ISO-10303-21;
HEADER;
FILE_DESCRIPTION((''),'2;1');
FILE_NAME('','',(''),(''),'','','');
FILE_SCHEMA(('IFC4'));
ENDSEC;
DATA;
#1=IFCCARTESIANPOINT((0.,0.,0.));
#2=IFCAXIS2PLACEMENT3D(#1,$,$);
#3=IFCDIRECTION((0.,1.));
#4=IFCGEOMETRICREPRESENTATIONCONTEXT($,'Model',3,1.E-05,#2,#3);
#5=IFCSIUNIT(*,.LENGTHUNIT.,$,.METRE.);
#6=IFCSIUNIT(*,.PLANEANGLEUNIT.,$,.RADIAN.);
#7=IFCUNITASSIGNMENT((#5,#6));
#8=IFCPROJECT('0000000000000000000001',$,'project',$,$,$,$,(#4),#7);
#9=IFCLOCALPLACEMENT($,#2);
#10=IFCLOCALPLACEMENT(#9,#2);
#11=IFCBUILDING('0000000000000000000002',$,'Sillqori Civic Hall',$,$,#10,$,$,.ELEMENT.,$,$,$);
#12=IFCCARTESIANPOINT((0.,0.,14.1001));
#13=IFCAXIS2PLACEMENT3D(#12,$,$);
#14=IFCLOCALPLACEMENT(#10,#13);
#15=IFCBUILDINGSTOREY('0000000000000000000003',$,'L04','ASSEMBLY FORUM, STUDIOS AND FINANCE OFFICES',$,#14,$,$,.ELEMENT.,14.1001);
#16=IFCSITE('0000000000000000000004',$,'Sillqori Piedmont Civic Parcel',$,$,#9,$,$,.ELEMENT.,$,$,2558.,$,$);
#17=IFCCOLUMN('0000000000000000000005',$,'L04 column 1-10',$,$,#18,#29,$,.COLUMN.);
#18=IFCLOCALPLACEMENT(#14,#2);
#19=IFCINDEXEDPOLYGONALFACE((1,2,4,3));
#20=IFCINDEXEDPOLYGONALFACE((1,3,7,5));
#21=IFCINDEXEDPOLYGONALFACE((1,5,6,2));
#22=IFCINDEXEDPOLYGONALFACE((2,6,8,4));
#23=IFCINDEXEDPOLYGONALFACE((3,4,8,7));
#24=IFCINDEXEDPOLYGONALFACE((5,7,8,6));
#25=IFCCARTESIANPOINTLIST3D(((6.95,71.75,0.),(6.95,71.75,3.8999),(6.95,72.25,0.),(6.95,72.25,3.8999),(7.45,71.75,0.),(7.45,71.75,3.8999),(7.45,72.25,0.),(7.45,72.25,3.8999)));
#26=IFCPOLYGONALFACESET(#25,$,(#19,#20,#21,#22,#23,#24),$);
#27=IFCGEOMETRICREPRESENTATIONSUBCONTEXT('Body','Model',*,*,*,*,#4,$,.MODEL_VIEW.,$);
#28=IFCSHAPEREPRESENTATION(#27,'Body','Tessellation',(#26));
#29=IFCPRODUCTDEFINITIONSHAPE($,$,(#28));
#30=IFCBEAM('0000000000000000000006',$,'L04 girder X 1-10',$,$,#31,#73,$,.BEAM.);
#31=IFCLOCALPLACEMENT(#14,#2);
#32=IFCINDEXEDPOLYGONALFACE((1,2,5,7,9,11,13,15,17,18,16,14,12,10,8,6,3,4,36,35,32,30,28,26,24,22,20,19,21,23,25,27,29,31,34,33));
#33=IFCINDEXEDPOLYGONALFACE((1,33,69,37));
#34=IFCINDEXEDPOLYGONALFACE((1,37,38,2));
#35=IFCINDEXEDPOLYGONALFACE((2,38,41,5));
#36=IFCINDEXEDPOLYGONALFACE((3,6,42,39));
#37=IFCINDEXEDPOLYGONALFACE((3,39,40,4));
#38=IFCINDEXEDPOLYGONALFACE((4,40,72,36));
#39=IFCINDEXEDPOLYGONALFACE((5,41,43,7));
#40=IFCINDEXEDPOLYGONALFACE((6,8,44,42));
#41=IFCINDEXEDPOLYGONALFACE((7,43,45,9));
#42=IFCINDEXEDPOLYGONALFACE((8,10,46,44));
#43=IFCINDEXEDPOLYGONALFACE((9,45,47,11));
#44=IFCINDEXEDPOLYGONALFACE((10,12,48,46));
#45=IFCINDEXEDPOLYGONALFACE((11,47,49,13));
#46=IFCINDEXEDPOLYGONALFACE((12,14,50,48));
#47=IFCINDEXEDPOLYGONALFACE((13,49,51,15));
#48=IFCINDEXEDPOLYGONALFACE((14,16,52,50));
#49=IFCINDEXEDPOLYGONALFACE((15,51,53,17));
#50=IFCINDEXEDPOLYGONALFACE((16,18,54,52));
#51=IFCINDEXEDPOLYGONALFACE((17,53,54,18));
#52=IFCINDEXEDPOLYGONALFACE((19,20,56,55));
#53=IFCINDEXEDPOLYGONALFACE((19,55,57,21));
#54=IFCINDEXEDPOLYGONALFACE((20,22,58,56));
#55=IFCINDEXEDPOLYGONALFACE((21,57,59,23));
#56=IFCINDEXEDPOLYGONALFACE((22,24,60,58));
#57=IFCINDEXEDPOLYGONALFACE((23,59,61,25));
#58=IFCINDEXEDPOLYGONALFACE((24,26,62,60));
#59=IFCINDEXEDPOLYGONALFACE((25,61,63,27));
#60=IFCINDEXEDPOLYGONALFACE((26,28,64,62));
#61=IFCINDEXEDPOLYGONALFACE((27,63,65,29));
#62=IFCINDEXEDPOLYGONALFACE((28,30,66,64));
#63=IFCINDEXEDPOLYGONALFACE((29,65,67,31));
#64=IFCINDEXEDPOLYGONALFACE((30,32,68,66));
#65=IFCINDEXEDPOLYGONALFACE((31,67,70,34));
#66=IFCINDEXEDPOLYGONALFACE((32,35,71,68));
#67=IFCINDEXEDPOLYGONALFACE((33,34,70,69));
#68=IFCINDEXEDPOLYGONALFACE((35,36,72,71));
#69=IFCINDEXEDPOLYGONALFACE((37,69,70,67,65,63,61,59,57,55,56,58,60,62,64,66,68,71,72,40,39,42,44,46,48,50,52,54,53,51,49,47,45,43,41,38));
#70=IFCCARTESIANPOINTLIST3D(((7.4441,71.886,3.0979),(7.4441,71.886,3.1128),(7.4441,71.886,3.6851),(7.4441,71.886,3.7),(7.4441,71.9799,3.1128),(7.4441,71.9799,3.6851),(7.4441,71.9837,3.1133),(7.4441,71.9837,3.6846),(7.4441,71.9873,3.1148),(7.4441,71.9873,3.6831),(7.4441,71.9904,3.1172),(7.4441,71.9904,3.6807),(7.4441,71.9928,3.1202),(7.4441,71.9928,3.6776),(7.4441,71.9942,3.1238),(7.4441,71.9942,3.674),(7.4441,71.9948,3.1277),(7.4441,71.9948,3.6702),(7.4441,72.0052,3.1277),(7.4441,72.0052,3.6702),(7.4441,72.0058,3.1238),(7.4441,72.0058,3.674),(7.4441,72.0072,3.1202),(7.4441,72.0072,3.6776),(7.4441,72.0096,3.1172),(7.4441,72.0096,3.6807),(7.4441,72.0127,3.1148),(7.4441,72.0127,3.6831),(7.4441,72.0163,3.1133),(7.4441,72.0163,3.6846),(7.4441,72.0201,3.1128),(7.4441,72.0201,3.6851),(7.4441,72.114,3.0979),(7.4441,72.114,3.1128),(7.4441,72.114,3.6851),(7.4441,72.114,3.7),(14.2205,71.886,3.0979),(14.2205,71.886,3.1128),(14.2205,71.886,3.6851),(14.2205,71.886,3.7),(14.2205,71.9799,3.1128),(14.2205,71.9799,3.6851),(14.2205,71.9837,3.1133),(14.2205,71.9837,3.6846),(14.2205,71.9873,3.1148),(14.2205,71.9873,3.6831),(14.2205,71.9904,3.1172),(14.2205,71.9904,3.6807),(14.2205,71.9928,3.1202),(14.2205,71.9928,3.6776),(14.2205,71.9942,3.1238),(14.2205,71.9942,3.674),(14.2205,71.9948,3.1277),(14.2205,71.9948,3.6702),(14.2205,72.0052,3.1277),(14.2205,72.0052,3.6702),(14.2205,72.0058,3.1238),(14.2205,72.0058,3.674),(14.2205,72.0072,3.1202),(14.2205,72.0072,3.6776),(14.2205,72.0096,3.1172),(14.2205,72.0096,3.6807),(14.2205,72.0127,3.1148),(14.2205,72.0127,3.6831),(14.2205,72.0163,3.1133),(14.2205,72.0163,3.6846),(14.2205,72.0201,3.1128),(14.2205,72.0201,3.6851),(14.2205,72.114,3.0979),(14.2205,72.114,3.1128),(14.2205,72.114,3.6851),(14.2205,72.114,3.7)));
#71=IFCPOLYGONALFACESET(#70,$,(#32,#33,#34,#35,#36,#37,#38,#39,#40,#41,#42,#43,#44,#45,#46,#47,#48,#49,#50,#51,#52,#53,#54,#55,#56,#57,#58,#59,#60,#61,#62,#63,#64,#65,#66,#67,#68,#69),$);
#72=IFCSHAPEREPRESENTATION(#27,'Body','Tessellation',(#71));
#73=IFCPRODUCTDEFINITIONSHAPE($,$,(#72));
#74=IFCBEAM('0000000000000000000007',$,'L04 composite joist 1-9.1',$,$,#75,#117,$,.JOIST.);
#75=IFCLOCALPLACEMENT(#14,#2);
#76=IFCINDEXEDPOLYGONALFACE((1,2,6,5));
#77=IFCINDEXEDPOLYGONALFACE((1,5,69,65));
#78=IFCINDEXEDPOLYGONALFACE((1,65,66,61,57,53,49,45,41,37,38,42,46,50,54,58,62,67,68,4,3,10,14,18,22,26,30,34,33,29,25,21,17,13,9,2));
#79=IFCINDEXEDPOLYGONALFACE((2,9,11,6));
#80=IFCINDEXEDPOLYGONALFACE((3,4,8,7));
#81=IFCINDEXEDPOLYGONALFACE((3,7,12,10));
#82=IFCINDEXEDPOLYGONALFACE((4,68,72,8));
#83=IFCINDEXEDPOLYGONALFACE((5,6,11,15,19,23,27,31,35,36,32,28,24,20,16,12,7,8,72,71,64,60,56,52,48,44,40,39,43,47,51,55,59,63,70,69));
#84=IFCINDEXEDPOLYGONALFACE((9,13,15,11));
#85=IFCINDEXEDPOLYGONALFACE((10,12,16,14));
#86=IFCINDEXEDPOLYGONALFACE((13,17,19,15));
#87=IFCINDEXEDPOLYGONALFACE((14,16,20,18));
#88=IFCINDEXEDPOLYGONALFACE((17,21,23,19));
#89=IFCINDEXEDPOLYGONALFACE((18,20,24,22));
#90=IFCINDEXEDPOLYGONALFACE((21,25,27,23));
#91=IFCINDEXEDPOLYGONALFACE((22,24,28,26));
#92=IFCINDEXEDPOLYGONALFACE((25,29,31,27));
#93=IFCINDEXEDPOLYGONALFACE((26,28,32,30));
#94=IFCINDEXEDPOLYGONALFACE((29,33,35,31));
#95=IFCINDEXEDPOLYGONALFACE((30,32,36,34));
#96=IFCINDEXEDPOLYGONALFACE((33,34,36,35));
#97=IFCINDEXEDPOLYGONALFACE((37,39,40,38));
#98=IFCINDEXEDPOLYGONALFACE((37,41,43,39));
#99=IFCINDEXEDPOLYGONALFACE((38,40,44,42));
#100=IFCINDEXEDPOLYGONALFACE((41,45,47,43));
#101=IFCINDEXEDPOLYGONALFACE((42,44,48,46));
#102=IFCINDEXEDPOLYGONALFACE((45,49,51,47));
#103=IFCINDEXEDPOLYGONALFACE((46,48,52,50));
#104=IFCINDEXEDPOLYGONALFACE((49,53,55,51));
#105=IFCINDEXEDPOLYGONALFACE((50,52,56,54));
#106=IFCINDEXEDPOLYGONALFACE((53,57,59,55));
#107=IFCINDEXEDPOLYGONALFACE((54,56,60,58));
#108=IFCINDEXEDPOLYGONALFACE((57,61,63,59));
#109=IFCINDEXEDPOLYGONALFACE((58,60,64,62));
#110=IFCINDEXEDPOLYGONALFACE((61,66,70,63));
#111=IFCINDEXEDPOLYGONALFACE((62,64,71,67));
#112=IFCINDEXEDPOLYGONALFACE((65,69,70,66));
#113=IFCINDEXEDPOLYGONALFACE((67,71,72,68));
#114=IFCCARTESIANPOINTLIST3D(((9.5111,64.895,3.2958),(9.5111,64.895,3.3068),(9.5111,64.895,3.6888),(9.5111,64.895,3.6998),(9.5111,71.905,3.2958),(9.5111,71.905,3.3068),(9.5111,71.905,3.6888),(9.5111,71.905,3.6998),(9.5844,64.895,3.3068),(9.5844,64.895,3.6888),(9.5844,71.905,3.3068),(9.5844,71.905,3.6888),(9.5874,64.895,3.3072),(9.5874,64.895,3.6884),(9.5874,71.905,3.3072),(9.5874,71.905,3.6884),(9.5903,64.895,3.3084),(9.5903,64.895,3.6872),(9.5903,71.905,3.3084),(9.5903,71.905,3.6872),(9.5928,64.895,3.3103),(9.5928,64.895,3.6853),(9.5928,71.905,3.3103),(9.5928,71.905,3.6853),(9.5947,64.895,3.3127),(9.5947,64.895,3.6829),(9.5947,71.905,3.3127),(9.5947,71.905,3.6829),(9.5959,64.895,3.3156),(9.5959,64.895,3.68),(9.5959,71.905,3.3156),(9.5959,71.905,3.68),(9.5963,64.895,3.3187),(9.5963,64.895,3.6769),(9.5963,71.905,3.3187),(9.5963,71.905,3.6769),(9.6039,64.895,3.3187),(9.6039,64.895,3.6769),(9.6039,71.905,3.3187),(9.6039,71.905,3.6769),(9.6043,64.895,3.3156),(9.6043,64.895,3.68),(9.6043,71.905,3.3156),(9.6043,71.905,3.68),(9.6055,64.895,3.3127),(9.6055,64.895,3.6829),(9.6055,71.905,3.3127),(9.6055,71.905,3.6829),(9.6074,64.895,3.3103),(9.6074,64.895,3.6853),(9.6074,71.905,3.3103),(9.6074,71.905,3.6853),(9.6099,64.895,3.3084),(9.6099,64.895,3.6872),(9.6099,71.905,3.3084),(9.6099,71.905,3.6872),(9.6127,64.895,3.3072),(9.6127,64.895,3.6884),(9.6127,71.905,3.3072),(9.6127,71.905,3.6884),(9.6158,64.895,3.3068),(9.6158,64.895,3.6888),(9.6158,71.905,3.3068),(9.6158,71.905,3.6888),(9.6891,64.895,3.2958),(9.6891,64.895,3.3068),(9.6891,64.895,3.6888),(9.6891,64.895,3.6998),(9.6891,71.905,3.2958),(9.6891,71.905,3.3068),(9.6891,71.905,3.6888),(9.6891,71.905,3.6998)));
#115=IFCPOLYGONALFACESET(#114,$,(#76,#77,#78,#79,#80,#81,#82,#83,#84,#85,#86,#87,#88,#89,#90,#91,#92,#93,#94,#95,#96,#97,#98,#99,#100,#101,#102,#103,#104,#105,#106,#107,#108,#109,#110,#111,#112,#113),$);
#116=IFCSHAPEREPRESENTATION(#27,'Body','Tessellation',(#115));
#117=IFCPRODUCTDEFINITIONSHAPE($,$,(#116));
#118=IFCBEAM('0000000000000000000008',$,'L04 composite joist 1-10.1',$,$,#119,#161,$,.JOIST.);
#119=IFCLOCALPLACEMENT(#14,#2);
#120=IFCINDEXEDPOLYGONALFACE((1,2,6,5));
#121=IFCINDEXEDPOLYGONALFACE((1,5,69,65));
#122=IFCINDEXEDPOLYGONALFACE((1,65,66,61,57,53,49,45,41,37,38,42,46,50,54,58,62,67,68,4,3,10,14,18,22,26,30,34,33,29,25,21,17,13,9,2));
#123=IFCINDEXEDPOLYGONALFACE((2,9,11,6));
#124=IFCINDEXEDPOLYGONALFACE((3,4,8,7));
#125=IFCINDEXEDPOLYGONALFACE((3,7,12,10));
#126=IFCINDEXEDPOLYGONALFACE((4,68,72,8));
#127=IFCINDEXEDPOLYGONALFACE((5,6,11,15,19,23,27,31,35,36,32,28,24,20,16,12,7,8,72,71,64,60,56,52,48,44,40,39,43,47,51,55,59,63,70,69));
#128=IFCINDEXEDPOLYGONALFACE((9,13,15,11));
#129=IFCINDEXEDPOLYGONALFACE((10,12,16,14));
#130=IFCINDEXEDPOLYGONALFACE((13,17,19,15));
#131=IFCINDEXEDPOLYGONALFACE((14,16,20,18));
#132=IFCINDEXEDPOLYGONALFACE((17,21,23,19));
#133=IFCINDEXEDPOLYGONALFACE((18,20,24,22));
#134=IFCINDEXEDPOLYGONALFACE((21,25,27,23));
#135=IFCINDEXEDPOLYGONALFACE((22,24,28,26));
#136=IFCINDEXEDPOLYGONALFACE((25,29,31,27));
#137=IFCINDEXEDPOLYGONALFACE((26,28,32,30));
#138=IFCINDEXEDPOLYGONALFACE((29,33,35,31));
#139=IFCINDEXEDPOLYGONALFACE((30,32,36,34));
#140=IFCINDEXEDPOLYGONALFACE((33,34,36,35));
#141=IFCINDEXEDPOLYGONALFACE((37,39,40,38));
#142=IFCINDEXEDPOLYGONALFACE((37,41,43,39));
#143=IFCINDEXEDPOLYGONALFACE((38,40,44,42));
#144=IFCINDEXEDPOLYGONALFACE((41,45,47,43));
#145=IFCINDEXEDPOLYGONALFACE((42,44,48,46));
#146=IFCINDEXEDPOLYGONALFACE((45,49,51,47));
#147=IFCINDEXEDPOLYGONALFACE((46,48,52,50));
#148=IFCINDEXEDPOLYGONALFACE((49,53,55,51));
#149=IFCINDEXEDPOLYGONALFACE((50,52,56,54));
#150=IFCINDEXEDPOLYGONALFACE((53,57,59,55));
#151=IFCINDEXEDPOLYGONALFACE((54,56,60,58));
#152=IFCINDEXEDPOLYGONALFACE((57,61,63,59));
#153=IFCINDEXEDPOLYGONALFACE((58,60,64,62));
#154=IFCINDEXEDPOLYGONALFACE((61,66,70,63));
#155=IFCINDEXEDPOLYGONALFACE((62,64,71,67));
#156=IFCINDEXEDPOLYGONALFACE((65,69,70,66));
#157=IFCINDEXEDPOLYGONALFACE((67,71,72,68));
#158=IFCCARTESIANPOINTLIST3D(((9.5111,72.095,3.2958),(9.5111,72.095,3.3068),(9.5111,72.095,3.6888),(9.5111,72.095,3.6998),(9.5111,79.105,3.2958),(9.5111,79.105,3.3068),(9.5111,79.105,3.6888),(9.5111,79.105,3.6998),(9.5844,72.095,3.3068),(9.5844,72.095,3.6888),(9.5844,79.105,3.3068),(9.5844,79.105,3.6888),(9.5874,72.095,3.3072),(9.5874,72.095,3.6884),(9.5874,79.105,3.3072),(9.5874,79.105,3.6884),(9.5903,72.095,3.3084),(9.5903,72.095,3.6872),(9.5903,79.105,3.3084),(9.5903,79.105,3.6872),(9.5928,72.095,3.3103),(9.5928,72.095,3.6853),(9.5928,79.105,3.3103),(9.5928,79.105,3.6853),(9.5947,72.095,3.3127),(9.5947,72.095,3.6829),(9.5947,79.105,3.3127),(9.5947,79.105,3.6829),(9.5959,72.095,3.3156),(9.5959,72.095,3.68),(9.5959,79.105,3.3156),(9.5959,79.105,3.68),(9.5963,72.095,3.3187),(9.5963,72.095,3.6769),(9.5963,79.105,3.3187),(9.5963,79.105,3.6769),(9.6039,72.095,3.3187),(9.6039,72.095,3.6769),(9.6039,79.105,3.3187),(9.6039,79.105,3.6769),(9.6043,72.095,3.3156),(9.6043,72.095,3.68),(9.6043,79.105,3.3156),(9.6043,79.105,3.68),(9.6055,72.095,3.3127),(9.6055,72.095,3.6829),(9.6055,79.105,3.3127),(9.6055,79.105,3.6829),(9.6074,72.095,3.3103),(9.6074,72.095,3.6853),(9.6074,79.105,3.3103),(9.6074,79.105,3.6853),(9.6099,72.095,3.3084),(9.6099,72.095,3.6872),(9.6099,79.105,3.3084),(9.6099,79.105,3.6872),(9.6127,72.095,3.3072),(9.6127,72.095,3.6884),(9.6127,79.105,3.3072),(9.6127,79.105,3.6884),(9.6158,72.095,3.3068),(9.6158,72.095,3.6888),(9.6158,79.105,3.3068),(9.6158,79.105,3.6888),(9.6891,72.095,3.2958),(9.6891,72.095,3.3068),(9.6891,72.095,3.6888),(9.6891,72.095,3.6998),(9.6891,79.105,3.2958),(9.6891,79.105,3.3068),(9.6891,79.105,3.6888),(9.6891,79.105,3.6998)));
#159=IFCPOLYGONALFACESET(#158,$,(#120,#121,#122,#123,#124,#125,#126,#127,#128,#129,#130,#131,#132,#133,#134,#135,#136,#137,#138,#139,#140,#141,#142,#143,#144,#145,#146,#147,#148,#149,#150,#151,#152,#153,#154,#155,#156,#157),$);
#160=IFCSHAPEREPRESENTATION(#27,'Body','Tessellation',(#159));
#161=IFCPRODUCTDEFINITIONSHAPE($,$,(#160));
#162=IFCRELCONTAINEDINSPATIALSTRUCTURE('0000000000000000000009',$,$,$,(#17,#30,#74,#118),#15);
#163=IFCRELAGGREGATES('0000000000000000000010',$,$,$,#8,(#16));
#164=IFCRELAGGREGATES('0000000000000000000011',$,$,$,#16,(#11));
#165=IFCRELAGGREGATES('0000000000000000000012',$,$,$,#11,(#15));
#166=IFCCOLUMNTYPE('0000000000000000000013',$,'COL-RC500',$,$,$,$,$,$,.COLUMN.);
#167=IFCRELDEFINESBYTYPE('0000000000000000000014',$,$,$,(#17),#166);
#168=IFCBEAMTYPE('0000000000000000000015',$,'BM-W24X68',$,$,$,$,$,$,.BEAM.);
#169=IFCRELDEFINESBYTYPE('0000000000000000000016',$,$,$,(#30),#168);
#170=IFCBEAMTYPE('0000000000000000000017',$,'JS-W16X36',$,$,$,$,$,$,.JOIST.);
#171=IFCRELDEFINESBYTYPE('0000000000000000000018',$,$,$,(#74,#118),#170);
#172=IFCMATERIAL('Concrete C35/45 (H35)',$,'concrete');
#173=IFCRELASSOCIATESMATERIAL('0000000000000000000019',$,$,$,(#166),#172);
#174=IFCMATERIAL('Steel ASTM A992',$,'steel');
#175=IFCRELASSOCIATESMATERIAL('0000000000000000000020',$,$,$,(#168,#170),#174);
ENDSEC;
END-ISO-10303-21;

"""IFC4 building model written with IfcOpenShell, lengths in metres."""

from ifc_helpers import new_model, si_unit, direction, frame, origin, origin_2d, place, context, subcontext, project, spatial, rectangle, i_section, extrude, material, material_profile, profile_set, type_object, element, save


model = new_model("IFC4")

# Units and contexts
model_context = context("Model", 3, precision=1e-05, world=origin(), true_north=direction((0.0, 1.0)))
body_context = subcontext(model_context, "Body", "Model", "MODEL_VIEW")
ifc_project = project(units=[si_unit("LENGTHUNIT", "METRE"), si_unit("PLANEANGLEUNIT", "RADIAN")], contexts=[model_context])

# Site, building, storey
site_placement = place(None, origin())
site = spatial("IfcSite", under=ifc_project, at=site_placement, Name="Sillqori Piedmont Civic Parcel", CompositionType="ELEMENT", RefElevation=2558.0)
building_placement = place(site_placement, origin())
building = spatial("IfcBuilding", under=site, at=building_placement, Name="Sillqori Civic Hall", CompositionType="ELEMENT")
storey_placement = place(building_placement, frame((0.0, 0.0, 14.1001)))
storey = spatial("IfcBuildingStorey", under=building, at=storey_placement, Name="L04", Description="ASSEMBLY FORUM, STUDIOS AND FINANCE OFFICES", CompositionType="ELEMENT", Elevation=14.1001)

# Column
ifc_material_1 = material(Name="Concrete C35/45 (H35)", Category="concrete")
ifc_material_profile_1 = material_profile(ifc_material_1, rectangle(XDim=0.5, YDim=0.5, at=origin_2d()), Name="RC 500x500")
ifc_profile_set_1 = profile_set([ifc_material_profile_1], Name="Concrete C35/45 (H35)")
column_type = type_object("IfcColumnType", Name="COL-RC500", PredefinedType="COLUMN", material=ifc_profile_set_1)
column_placement = place(storey_placement, frame((7.2, 72.0, 0.0), z_axis=(0.0, 0.0, 1.0), x_axis=(1.0, 0.0, 0.0)))
element("IfcColumn", 1, at=column_placement, inside=storey, type_object=column_type, Name="L04 column 1-10", PredefinedType="COLUMN", context=body_context, shape_type="SweptSolid", body=[
    extrude(rectangle(XDim=0.5, YDim=0.5, at=origin_2d()), origin(), (0.0, 0.0, 1.0), 3.8999),
])

# Beam
ifc_material_2 = material(Name="Steel ASTM A992", Category="steel")
ifc_material_profile_2 = material_profile(ifc_material_2, i_section(OverallWidth=0.228, OverallDepth=0.6021, WebThickness=0.0105, FlangeThickness=0.0149, FilletRadius=0.0149, at=origin_2d()), Name="W24X68")
ifc_profile_set_2 = profile_set([ifc_material_profile_2], Name="Steel ASTM A992")
beam_type_1 = type_object("IfcBeamType", Name="BM-W24X68", PredefinedType="BEAM", material=ifc_profile_set_2)
beam_placement = place(storey_placement, frame((7.4441, 72.0, 3.3989), z_axis=(1.0, 0.0, 0.0), x_axis=(0.0, 1.0, 0.0)))
element("IfcBeam", 2, at=beam_placement, inside=storey, type_object=beam_type_1, Name="L04 girder X 1-10", PredefinedType="BEAM", context=body_context, shape_type="SweptSolid", body=[
    extrude(i_section(OverallWidth=0.228, OverallDepth=0.6021, WebThickness=0.0105, FlangeThickness=0.0149, FilletRadius=0.0149, at=origin_2d()), origin(), (0.0, 0.0, 1.0), 6.7764),
])

# Beams
ifc_material_profile_3 = material_profile(ifc_material_2, i_section(OverallWidth=0.178, OverallDepth=0.4041, WebThickness=0.0076, FlangeThickness=0.011, FilletRadius=0.012, at=origin_2d()), Name="W16X36")
ifc_profile_set_3 = profile_set([ifc_material_profile_3], Name="Steel ASTM A992")
beam_type_2 = type_object("IfcBeamType", Name="JS-W16X36", PredefinedType="JOIST", material=ifc_profile_set_3)
for number, where, z_axis, x_axis, name in (
    (3, (9.6001, 64.895, 3.4978), (0.0, 1.0, 0.0), (-1.0, 0.0, 0.0), "L04 composite joist 1-9.1"),
    (4, (9.6001, 72.095, 3.4978), (0.0, 1.0, 0.0), (-1.0, 0.0, 0.0), "L04 composite joist 1-10.1"),
):
    element("IfcBeam", number, at=place(storey_placement, frame(where, z_axis=z_axis, x_axis=x_axis)), inside=storey, type_object=beam_type_2, Name=name, PredefinedType="JOIST", context=body_context, shape_type="SweptSolid", body=[
        extrude(i_section(OverallWidth=0.178, OverallDepth=0.4041, WebThickness=0.0076, FlangeThickness=0.011, FilletRadius=0.012, at=origin_2d()), origin(), (0.0, 0.0, 1.0), 7.01),
    ])

save(model, "model.ifc")
